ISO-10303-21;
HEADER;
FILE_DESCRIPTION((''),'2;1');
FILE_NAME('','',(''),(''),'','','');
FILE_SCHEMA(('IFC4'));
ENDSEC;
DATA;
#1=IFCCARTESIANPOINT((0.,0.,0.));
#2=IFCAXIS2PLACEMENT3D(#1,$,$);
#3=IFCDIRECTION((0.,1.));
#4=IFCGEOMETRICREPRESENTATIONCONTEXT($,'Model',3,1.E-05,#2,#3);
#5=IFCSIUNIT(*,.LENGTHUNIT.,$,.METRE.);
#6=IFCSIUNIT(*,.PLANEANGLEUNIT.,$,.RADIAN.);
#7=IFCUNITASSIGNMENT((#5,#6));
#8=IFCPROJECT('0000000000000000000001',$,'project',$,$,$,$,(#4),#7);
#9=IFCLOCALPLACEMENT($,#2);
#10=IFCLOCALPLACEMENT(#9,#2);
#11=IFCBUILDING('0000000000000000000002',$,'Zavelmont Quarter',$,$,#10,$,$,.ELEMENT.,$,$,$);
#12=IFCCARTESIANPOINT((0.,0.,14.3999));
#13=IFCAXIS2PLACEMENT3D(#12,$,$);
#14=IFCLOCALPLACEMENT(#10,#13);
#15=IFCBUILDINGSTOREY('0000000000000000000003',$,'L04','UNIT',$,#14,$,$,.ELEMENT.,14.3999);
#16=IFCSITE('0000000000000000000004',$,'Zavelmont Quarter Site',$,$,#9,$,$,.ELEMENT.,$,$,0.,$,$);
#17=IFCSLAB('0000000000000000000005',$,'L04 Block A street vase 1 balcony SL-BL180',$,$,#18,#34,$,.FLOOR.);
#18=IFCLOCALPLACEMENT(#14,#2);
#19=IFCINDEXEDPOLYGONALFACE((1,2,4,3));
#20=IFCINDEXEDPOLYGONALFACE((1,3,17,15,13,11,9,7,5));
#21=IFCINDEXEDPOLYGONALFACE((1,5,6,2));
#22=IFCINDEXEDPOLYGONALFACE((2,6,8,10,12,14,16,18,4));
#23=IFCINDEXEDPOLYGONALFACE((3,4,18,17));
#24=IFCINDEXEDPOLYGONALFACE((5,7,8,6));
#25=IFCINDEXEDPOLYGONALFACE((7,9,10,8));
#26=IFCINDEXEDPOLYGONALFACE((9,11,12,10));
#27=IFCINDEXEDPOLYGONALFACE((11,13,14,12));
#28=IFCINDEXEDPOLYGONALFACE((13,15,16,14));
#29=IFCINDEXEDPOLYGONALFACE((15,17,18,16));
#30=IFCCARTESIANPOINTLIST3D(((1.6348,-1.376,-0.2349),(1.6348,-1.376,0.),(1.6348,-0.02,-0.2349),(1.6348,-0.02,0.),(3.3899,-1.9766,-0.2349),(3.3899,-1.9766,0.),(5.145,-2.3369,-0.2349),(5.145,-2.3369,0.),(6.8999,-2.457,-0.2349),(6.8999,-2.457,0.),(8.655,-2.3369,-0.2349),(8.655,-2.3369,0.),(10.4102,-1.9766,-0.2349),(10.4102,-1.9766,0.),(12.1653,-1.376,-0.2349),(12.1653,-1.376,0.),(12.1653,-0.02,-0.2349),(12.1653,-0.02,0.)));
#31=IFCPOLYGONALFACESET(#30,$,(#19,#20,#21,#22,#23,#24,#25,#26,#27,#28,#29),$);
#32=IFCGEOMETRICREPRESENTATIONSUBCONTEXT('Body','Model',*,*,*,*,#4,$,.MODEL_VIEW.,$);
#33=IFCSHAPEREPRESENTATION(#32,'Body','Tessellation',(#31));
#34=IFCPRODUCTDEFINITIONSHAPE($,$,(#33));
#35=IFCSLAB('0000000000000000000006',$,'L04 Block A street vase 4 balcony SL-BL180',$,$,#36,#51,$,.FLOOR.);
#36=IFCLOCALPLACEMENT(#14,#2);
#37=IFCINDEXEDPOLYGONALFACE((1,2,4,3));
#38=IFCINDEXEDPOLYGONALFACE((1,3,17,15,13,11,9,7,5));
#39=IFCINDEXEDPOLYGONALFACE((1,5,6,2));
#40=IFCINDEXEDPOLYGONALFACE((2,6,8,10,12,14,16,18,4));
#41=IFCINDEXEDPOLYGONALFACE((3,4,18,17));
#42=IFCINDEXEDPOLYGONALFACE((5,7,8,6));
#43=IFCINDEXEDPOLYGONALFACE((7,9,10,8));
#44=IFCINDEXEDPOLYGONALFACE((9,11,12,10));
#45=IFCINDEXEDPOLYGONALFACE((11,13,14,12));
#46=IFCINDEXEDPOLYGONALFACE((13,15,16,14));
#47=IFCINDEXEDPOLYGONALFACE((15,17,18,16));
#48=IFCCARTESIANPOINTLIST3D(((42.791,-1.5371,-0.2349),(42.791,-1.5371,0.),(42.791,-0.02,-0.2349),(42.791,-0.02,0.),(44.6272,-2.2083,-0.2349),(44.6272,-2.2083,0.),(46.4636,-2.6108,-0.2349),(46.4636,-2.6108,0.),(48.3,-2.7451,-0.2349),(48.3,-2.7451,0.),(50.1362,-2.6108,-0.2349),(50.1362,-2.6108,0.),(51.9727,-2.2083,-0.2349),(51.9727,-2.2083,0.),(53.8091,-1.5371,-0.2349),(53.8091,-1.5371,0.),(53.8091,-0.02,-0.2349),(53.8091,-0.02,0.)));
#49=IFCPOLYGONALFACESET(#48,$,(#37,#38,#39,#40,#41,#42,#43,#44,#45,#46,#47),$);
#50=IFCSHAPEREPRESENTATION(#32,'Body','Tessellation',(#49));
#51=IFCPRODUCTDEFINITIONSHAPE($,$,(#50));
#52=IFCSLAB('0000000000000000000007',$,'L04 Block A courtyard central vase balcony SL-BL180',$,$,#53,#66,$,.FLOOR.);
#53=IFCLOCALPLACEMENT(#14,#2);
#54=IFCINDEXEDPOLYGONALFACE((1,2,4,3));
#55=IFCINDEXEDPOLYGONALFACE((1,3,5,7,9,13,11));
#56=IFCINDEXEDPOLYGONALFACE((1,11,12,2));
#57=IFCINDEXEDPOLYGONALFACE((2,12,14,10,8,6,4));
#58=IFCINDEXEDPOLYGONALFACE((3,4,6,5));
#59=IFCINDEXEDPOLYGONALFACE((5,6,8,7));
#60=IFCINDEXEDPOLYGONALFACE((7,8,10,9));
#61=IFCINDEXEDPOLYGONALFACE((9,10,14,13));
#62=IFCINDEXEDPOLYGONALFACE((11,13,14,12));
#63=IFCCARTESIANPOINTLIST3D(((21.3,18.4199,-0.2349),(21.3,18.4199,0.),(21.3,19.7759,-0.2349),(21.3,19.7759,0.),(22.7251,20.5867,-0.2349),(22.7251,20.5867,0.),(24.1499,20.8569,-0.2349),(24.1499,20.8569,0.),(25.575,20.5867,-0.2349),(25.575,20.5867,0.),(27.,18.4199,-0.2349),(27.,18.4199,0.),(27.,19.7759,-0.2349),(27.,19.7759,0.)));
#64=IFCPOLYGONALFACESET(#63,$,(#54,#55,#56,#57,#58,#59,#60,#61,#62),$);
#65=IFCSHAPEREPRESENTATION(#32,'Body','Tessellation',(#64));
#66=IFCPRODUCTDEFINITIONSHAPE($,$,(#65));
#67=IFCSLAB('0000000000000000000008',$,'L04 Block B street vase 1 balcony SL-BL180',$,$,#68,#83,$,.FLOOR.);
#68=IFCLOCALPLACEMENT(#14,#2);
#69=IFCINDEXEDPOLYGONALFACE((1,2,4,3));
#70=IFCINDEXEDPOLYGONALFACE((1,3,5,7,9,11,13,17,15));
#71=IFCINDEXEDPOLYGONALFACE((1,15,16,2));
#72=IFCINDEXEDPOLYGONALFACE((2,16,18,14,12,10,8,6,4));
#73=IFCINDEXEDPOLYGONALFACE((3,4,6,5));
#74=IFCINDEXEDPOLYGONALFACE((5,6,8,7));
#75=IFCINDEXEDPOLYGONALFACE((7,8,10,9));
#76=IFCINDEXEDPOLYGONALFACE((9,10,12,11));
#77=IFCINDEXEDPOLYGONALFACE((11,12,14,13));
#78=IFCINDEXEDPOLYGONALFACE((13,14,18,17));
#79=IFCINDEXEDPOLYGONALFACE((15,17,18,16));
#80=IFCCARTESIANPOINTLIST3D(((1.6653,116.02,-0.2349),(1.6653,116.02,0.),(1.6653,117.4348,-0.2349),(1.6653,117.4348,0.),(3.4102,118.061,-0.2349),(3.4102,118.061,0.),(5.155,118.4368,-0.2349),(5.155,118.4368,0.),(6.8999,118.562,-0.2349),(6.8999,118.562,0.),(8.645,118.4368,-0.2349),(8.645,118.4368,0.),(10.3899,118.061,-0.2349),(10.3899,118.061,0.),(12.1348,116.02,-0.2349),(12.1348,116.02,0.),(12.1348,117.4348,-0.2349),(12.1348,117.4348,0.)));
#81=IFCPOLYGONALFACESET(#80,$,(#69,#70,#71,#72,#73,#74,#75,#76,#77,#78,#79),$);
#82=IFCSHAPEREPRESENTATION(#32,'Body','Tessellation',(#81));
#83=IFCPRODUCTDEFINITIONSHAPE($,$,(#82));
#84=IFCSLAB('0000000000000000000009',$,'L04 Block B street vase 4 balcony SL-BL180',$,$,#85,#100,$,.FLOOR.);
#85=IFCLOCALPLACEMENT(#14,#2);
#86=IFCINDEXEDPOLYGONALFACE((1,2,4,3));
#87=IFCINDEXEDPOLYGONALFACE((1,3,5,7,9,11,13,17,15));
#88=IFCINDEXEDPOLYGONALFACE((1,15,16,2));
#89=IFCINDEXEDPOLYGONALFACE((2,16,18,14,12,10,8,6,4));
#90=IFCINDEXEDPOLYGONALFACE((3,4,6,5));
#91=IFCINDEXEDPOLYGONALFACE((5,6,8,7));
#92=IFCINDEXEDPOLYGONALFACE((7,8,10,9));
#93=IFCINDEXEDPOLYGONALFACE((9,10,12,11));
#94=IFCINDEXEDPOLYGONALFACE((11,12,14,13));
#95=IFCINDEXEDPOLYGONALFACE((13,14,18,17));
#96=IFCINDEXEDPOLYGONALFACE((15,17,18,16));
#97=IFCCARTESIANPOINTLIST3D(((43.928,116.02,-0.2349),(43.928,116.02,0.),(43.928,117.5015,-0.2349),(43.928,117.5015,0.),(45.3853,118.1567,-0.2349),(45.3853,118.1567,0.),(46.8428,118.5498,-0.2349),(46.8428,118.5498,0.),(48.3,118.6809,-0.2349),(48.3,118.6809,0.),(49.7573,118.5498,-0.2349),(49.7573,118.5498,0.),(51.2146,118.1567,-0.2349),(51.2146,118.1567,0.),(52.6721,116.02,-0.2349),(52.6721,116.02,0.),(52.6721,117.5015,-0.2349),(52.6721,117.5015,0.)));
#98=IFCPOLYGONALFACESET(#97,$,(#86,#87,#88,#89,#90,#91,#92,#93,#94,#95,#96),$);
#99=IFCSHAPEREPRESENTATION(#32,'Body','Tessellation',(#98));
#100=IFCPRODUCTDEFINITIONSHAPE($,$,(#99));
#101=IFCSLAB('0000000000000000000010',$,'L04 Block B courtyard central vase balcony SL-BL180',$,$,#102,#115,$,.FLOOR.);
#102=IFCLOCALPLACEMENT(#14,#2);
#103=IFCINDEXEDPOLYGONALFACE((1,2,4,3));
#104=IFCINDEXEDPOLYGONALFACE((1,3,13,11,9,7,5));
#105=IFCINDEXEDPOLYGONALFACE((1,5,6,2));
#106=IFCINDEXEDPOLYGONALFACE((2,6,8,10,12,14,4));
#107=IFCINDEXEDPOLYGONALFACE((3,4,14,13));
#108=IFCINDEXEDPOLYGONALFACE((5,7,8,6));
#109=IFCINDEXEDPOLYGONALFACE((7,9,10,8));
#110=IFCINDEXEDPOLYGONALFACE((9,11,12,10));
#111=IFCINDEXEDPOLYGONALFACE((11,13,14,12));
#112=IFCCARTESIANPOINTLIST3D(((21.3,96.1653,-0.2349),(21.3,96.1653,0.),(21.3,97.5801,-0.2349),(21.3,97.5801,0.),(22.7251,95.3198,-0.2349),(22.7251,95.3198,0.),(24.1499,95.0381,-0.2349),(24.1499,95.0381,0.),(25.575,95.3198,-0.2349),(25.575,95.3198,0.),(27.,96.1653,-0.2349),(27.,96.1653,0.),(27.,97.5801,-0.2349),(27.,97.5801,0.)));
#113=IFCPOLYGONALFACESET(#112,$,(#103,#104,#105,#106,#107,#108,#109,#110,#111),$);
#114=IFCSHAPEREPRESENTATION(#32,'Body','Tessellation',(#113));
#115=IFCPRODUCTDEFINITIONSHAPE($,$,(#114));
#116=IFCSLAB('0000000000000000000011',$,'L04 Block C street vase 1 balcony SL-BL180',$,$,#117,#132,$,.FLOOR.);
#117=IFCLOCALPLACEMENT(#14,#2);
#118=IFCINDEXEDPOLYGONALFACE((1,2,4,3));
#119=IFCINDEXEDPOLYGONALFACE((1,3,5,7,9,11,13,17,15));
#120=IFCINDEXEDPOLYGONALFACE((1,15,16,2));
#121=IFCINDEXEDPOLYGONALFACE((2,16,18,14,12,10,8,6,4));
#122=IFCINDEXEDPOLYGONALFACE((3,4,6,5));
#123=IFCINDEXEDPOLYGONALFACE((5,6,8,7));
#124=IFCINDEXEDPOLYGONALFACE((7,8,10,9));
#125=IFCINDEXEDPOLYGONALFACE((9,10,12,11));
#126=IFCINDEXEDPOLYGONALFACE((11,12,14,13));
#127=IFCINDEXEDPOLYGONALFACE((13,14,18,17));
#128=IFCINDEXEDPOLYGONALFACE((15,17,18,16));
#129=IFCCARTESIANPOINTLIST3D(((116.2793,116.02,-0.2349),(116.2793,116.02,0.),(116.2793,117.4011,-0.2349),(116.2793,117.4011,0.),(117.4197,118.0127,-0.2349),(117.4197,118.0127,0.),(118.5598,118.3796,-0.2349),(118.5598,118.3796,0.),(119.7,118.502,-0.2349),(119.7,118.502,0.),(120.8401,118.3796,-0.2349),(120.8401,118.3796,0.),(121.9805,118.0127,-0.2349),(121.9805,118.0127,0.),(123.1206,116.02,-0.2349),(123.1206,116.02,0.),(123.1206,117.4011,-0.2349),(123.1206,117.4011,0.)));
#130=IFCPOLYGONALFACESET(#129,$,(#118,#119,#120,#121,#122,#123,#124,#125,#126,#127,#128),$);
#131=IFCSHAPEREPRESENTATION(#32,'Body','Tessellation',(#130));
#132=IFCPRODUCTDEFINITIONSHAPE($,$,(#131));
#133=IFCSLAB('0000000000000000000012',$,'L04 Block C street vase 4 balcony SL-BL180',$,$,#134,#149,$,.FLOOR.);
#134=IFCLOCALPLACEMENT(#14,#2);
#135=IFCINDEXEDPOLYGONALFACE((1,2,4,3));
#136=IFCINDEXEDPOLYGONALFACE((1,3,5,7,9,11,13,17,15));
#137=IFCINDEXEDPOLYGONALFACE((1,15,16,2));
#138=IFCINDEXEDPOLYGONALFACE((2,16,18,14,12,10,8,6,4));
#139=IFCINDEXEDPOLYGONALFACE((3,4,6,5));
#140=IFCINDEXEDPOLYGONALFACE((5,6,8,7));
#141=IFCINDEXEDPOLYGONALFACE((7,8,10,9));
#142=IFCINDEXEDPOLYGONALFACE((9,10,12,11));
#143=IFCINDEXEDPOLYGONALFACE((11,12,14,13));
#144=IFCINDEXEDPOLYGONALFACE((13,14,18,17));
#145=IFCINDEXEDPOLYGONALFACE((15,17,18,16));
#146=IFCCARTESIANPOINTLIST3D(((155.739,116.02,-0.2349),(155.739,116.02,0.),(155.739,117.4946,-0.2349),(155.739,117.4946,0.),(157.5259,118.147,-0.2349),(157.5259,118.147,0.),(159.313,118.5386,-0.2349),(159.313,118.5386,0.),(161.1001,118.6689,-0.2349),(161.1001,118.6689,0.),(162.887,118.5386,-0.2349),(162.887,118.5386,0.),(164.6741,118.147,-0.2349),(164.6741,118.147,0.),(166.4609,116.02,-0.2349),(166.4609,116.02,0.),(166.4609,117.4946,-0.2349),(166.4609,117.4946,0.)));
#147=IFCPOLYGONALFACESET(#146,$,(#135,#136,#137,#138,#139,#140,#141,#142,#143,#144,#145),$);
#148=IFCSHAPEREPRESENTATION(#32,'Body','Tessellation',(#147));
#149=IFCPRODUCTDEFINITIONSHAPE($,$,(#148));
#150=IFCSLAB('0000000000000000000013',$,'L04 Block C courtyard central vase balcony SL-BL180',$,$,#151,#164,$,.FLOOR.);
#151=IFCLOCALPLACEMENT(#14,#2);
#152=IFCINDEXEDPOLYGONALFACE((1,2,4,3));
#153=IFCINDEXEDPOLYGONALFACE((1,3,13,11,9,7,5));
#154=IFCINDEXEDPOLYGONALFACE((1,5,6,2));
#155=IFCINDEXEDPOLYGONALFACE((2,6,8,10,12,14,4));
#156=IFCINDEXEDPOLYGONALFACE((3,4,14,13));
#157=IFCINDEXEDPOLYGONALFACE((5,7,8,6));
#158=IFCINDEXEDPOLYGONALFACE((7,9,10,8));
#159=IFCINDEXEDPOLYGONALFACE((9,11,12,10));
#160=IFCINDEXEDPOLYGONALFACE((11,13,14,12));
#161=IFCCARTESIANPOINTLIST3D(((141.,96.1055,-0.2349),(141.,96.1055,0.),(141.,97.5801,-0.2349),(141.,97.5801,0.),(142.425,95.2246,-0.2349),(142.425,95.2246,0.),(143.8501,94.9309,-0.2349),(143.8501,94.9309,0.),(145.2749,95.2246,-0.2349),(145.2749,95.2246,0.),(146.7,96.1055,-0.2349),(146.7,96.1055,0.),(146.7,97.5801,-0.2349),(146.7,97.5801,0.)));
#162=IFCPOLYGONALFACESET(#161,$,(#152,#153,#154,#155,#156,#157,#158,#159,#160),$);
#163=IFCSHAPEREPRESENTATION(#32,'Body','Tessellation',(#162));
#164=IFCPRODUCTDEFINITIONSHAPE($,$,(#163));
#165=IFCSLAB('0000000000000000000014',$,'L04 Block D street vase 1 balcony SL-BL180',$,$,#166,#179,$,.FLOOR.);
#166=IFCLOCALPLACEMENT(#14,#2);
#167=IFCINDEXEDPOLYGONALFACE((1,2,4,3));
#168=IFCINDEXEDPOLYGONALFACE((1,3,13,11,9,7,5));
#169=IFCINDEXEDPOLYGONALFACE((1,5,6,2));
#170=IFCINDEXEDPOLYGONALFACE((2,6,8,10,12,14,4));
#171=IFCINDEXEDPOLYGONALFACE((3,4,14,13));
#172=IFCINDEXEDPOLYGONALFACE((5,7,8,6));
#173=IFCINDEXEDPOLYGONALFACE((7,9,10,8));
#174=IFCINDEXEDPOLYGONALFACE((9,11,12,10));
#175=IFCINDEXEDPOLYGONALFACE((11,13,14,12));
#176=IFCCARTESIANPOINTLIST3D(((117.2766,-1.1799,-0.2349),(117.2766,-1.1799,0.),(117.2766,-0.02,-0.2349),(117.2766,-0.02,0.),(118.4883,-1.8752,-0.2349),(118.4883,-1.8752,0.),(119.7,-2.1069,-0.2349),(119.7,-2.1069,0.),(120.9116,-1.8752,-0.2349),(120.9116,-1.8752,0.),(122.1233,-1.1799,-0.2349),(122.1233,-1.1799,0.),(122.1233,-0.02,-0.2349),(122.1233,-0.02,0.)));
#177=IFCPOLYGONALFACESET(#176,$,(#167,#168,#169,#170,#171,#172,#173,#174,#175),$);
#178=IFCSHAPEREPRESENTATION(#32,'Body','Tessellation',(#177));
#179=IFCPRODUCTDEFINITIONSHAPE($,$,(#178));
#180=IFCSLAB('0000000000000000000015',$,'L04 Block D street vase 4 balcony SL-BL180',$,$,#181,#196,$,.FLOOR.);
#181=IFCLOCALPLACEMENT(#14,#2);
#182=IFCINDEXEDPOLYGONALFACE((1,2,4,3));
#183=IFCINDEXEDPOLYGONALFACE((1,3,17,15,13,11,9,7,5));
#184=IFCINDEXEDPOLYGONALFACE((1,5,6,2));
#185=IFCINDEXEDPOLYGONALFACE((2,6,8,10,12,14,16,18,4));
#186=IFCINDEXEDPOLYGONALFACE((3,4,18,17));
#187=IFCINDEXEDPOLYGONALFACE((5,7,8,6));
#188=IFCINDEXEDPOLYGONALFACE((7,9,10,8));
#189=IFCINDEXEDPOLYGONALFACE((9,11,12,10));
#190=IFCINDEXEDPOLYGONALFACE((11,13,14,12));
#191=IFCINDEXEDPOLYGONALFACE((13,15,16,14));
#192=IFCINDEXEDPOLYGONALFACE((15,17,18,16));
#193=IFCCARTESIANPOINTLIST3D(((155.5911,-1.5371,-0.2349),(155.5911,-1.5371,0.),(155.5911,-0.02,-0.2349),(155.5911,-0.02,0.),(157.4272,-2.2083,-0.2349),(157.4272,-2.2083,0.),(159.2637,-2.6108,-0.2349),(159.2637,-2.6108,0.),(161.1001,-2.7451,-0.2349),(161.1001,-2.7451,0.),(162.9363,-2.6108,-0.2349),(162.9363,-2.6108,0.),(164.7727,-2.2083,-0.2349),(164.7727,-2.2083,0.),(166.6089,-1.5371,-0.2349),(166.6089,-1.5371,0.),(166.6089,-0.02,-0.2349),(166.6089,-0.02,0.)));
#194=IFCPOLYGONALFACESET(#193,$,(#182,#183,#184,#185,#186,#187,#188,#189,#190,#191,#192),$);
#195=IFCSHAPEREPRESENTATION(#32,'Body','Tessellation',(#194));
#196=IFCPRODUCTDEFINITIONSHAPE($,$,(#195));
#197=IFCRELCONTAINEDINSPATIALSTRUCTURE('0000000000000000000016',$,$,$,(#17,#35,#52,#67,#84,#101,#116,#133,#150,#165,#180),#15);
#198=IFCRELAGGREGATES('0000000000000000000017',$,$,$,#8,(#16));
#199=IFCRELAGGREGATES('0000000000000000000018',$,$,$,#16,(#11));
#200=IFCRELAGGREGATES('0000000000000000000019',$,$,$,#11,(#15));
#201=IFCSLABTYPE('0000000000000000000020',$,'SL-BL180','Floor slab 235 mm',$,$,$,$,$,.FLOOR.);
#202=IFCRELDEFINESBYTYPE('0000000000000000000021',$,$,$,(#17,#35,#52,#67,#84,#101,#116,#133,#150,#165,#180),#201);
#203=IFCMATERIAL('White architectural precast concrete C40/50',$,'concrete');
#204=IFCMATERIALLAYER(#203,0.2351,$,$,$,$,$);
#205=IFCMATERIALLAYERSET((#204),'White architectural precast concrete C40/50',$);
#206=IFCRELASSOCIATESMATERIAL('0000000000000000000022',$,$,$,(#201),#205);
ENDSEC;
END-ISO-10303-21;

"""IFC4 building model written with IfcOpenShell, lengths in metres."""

from ifc_helpers import new_model, si_unit, direction, frame, origin, place, context, subcontext, project, spatial, polyline, outline, extrude, material, layer, layer_set, type_object, element, save


model = new_model("IFC4")

# Units and contexts
model_context = context("Model", 3, precision=1e-05, world=origin(), true_north=direction((0.0, 1.0)))
body_context = subcontext(model_context, "Body", "Model", "MODEL_VIEW")
ifc_project = project(units=[si_unit("LENGTHUNIT", "METRE"), si_unit("PLANEANGLEUNIT", "RADIAN")], contexts=[model_context])

# Site, building, storey
site_placement = place(None, origin())
site = spatial("IfcSite", under=ifc_project, at=site_placement, Name="Zavelmont Quarter Site", CompositionType="ELEMENT", RefElevation=0.0)
building_placement = place(site_placement, origin())
building = spatial("IfcBuilding", under=site, at=building_placement, Name="Zavelmont Quarter", CompositionType="ELEMENT")
storey_placement = place(building_placement, frame((0.0, 0.0, 14.3999)))
storey = spatial("IfcBuildingStorey", under=building, at=storey_placement, Name="L04", Description="UNIT", CompositionType="ELEMENT", Elevation=14.3999)

# Slabs
ifc_material_1 = material(Name="White architectural precast concrete C40/50", Category="concrete")
ifc_layer_1 = layer(ifc_material_1, 0.2351)
ifc_layer_set_1 = layer_set([ifc_layer_1], Name="White architectural precast concrete C40/50")
slab_type_1 = type_object("IfcSlabType", Name="SL-BL180", Description="Floor slab 235 mm", PredefinedType="FLOOR", material=ifc_layer_set_1)
slab_1_placement = place(storey_placement, frame((0.0, 0.0, -0.2349)))
element("IfcSlab", 1, at=slab_1_placement, inside=storey, type_object=slab_type_1, Name="L04 Block A street vase 1 balcony SL-BL180", PredefinedType="FLOOR", context=body_context, shape_type="SweptSolid", body=[
    extrude(outline(polyline([(1.6348, -0.02), (1.6348, -1.376), (3.3899, -1.9766), (5.145, -2.3369), (6.8999, -2.457), (8.655, -2.3369), (10.4102, -1.9766), (12.1653, -1.376), (12.1653, -0.02), (1.6348, -0.02)])), origin(), (0.0, 0.0, 1.0), 0.2349),
])
slab_2_placement = place(storey_placement, frame((0.0, 0.0, -0.2349)))
element("IfcSlab", 2, at=slab_2_placement, inside=storey, type_object=slab_type_1, Name="L04 Block A street vase 4 balcony SL-BL180", PredefinedType="FLOOR", context=body_context, shape_type="SweptSolid", body=[
    extrude(outline(polyline([(42.791, -0.02), (42.791, -1.5371), (44.6272, -2.2083), (46.4636, -2.6108), (48.3, -2.7451), (50.1362, -2.6108), (51.9727, -2.2083), (53.8091, -1.5371), (53.8091, -0.02), (42.791, -0.02)])), origin(), (0.0, 0.0, 1.0), 0.2349),
])
slab_3_placement = place(storey_placement, frame((0.0, 0.0, -0.2349)))
element("IfcSlab", 3, at=slab_3_placement, inside=storey, type_object=slab_type_1, Name="L04 Block A courtyard central vase balcony SL-BL180", PredefinedType="FLOOR", context=body_context, shape_type="SweptSolid", body=[
    extrude(outline(polyline([(27.0, 18.4199), (27.0, 19.7759), (25.575, 20.5867), (24.1499, 20.8569), (22.7251, 20.5867), (21.3, 19.7759), (21.3, 18.4199), (27.0, 18.4199)])), origin(), (0.0, 0.0, 1.0), 0.2349),
])
slab_4_placement = place(storey_placement, frame((0.0, 0.0, -0.2349)))
element("IfcSlab", 4, at=slab_4_placement, inside=storey, type_object=slab_type_1, Name="L04 Block B street vase 1 balcony SL-BL180", PredefinedType="FLOOR", context=body_context, shape_type="SweptSolid", body=[
    extrude(outline(polyline([(12.1348, 116.02), (12.1348, 117.4348), (10.3899, 118.061), (8.645, 118.4368), (6.8999, 118.562), (5.155, 118.4368), (3.4102, 118.061), (1.6653, 117.4348), (1.6653, 116.02), (12.1348, 116.02)])), origin(), (0.0, 0.0, 1.0), 0.2349),
])
slab_5_placement = place(storey_placement, frame((0.0, 0.0, -0.2349)))
element("IfcSlab", 5, at=slab_5_placement, inside=storey, type_object=slab_type_1, Name="L04 Block B street vase 4 balcony SL-BL180", PredefinedType="FLOOR", context=body_context, shape_type="SweptSolid", body=[
    extrude(outline(polyline([(52.6721, 116.02), (52.6721, 117.5015), (51.2146, 118.1567), (49.7573, 118.5498), (48.3, 118.6809), (46.8428, 118.5498), (45.3853, 118.1567), (43.928, 117.5015), (43.928, 116.02), (52.6721, 116.02)])), origin(), (0.0, 0.0, 1.0), 0.2349),
])
slab_6_placement = place(storey_placement, frame((0.0, 0.0, -0.2349)))
element("IfcSlab", 6, at=slab_6_placement, inside=storey, type_object=slab_type_1, Name="L04 Block B courtyard central vase balcony SL-BL180", PredefinedType="FLOOR", context=body_context, shape_type="SweptSolid", body=[
    extrude(outline(polyline([(21.3, 97.5801), (21.3, 96.1653), (22.7251, 95.3198), (24.1499, 95.0381), (25.575, 95.3198), (27.0, 96.1653), (27.0, 97.5801), (21.3, 97.5801)])), origin(), (0.0, 0.0, 1.0), 0.2349),
])
slab_7_placement = place(storey_placement, frame((0.0, 0.0, -0.2349)))
element("IfcSlab", 7, at=slab_7_placement, inside=storey, type_object=slab_type_1, Name="L04 Block C street vase 1 balcony SL-BL180", PredefinedType="FLOOR", context=body_context, shape_type="SweptSolid", body=[
    extrude(outline(polyline([(123.1206, 116.02), (123.1206, 117.4011), (121.9805, 118.0127), (120.8401, 118.3796), (119.7, 118.502), (118.5598, 118.3796), (117.4197, 118.0127), (116.2793, 117.4011), (116.2793, 116.02), (123.1206, 116.02)])), origin(), (0.0, 0.0, 1.0), 0.2349),
])
slab_8_placement = place(storey_placement, frame((0.0, 0.0, -0.2349)))
element("IfcSlab", 8, at=slab_8_placement, inside=storey, type_object=slab_type_1, Name="L04 Block C street vase 4 balcony SL-BL180", PredefinedType="FLOOR", context=body_context, shape_type="SweptSolid", body=[
    extrude(outline(polyline([(166.4609, 116.02), (166.4609, 117.4946), (164.6741, 118.147), (162.887, 118.5386), (161.1001, 118.6689), (159.313, 118.5386), (157.5259, 118.147), (155.739, 117.4946), (155.739, 116.02), (166.4609, 116.02)])), origin(), (0.0, 0.0, 1.0), 0.2349),
])
slab_9_placement = place(storey_placement, frame((0.0, 0.0, -0.2349)))
element("IfcSlab", 9, at=slab_9_placement, inside=storey, type_object=slab_type_1, Name="L04 Block C courtyard central vase balcony SL-BL180", PredefinedType="FLOOR", context=body_context, shape_type="SweptSolid", body=[
    extrude(outline(polyline([(141.0, 97.5801), (141.0, 96.1055), (142.425, 95.2246), (143.8501, 94.9309), (145.2749, 95.2246), (146.7, 96.1055), (146.7, 97.5801), (141.0, 97.5801)])), origin(), (0.0, 0.0, 1.0), 0.2349),
])
slab_10_placement = place(storey_placement, frame((0.0, 0.0, -0.2349)))
element("IfcSlab", 10, at=slab_10_placement, inside=storey, type_object=slab_type_1, Name="L04 Block D street vase 1 balcony SL-BL180", PredefinedType="FLOOR", context=body_context, shape_type="SweptSolid", body=[
    extrude(outline(polyline([(117.2766, -0.02), (117.2766, -1.1799), (118.4883, -1.8752), (119.7, -2.1069), (120.9116, -1.8752), (122.1233, -1.1799), (122.1233, -0.02), (117.2766, -0.02)])), origin(), (0.0, 0.0, 1.0), 0.2349),
])
slab_11_placement = place(storey_placement, frame((0.0, 0.0, -0.2349)))
element("IfcSlab", 11, at=slab_11_placement, inside=storey, type_object=slab_type_1, Name="L04 Block D street vase 4 balcony SL-BL180", PredefinedType="FLOOR", context=body_context, shape_type="SweptSolid", body=[
    extrude(outline(polyline([(155.5911, -0.02), (155.5911, -1.5371), (157.4272, -2.2083), (159.2637, -2.6108), (161.1001, -2.7451), (162.9363, -2.6108), (164.7727, -2.2083), (166.6089, -1.5371), (166.6089, -0.02), (155.5911, -0.02)])), origin(), (0.0, 0.0, 1.0), 0.2349),
])

save(model, "model.ifc")
